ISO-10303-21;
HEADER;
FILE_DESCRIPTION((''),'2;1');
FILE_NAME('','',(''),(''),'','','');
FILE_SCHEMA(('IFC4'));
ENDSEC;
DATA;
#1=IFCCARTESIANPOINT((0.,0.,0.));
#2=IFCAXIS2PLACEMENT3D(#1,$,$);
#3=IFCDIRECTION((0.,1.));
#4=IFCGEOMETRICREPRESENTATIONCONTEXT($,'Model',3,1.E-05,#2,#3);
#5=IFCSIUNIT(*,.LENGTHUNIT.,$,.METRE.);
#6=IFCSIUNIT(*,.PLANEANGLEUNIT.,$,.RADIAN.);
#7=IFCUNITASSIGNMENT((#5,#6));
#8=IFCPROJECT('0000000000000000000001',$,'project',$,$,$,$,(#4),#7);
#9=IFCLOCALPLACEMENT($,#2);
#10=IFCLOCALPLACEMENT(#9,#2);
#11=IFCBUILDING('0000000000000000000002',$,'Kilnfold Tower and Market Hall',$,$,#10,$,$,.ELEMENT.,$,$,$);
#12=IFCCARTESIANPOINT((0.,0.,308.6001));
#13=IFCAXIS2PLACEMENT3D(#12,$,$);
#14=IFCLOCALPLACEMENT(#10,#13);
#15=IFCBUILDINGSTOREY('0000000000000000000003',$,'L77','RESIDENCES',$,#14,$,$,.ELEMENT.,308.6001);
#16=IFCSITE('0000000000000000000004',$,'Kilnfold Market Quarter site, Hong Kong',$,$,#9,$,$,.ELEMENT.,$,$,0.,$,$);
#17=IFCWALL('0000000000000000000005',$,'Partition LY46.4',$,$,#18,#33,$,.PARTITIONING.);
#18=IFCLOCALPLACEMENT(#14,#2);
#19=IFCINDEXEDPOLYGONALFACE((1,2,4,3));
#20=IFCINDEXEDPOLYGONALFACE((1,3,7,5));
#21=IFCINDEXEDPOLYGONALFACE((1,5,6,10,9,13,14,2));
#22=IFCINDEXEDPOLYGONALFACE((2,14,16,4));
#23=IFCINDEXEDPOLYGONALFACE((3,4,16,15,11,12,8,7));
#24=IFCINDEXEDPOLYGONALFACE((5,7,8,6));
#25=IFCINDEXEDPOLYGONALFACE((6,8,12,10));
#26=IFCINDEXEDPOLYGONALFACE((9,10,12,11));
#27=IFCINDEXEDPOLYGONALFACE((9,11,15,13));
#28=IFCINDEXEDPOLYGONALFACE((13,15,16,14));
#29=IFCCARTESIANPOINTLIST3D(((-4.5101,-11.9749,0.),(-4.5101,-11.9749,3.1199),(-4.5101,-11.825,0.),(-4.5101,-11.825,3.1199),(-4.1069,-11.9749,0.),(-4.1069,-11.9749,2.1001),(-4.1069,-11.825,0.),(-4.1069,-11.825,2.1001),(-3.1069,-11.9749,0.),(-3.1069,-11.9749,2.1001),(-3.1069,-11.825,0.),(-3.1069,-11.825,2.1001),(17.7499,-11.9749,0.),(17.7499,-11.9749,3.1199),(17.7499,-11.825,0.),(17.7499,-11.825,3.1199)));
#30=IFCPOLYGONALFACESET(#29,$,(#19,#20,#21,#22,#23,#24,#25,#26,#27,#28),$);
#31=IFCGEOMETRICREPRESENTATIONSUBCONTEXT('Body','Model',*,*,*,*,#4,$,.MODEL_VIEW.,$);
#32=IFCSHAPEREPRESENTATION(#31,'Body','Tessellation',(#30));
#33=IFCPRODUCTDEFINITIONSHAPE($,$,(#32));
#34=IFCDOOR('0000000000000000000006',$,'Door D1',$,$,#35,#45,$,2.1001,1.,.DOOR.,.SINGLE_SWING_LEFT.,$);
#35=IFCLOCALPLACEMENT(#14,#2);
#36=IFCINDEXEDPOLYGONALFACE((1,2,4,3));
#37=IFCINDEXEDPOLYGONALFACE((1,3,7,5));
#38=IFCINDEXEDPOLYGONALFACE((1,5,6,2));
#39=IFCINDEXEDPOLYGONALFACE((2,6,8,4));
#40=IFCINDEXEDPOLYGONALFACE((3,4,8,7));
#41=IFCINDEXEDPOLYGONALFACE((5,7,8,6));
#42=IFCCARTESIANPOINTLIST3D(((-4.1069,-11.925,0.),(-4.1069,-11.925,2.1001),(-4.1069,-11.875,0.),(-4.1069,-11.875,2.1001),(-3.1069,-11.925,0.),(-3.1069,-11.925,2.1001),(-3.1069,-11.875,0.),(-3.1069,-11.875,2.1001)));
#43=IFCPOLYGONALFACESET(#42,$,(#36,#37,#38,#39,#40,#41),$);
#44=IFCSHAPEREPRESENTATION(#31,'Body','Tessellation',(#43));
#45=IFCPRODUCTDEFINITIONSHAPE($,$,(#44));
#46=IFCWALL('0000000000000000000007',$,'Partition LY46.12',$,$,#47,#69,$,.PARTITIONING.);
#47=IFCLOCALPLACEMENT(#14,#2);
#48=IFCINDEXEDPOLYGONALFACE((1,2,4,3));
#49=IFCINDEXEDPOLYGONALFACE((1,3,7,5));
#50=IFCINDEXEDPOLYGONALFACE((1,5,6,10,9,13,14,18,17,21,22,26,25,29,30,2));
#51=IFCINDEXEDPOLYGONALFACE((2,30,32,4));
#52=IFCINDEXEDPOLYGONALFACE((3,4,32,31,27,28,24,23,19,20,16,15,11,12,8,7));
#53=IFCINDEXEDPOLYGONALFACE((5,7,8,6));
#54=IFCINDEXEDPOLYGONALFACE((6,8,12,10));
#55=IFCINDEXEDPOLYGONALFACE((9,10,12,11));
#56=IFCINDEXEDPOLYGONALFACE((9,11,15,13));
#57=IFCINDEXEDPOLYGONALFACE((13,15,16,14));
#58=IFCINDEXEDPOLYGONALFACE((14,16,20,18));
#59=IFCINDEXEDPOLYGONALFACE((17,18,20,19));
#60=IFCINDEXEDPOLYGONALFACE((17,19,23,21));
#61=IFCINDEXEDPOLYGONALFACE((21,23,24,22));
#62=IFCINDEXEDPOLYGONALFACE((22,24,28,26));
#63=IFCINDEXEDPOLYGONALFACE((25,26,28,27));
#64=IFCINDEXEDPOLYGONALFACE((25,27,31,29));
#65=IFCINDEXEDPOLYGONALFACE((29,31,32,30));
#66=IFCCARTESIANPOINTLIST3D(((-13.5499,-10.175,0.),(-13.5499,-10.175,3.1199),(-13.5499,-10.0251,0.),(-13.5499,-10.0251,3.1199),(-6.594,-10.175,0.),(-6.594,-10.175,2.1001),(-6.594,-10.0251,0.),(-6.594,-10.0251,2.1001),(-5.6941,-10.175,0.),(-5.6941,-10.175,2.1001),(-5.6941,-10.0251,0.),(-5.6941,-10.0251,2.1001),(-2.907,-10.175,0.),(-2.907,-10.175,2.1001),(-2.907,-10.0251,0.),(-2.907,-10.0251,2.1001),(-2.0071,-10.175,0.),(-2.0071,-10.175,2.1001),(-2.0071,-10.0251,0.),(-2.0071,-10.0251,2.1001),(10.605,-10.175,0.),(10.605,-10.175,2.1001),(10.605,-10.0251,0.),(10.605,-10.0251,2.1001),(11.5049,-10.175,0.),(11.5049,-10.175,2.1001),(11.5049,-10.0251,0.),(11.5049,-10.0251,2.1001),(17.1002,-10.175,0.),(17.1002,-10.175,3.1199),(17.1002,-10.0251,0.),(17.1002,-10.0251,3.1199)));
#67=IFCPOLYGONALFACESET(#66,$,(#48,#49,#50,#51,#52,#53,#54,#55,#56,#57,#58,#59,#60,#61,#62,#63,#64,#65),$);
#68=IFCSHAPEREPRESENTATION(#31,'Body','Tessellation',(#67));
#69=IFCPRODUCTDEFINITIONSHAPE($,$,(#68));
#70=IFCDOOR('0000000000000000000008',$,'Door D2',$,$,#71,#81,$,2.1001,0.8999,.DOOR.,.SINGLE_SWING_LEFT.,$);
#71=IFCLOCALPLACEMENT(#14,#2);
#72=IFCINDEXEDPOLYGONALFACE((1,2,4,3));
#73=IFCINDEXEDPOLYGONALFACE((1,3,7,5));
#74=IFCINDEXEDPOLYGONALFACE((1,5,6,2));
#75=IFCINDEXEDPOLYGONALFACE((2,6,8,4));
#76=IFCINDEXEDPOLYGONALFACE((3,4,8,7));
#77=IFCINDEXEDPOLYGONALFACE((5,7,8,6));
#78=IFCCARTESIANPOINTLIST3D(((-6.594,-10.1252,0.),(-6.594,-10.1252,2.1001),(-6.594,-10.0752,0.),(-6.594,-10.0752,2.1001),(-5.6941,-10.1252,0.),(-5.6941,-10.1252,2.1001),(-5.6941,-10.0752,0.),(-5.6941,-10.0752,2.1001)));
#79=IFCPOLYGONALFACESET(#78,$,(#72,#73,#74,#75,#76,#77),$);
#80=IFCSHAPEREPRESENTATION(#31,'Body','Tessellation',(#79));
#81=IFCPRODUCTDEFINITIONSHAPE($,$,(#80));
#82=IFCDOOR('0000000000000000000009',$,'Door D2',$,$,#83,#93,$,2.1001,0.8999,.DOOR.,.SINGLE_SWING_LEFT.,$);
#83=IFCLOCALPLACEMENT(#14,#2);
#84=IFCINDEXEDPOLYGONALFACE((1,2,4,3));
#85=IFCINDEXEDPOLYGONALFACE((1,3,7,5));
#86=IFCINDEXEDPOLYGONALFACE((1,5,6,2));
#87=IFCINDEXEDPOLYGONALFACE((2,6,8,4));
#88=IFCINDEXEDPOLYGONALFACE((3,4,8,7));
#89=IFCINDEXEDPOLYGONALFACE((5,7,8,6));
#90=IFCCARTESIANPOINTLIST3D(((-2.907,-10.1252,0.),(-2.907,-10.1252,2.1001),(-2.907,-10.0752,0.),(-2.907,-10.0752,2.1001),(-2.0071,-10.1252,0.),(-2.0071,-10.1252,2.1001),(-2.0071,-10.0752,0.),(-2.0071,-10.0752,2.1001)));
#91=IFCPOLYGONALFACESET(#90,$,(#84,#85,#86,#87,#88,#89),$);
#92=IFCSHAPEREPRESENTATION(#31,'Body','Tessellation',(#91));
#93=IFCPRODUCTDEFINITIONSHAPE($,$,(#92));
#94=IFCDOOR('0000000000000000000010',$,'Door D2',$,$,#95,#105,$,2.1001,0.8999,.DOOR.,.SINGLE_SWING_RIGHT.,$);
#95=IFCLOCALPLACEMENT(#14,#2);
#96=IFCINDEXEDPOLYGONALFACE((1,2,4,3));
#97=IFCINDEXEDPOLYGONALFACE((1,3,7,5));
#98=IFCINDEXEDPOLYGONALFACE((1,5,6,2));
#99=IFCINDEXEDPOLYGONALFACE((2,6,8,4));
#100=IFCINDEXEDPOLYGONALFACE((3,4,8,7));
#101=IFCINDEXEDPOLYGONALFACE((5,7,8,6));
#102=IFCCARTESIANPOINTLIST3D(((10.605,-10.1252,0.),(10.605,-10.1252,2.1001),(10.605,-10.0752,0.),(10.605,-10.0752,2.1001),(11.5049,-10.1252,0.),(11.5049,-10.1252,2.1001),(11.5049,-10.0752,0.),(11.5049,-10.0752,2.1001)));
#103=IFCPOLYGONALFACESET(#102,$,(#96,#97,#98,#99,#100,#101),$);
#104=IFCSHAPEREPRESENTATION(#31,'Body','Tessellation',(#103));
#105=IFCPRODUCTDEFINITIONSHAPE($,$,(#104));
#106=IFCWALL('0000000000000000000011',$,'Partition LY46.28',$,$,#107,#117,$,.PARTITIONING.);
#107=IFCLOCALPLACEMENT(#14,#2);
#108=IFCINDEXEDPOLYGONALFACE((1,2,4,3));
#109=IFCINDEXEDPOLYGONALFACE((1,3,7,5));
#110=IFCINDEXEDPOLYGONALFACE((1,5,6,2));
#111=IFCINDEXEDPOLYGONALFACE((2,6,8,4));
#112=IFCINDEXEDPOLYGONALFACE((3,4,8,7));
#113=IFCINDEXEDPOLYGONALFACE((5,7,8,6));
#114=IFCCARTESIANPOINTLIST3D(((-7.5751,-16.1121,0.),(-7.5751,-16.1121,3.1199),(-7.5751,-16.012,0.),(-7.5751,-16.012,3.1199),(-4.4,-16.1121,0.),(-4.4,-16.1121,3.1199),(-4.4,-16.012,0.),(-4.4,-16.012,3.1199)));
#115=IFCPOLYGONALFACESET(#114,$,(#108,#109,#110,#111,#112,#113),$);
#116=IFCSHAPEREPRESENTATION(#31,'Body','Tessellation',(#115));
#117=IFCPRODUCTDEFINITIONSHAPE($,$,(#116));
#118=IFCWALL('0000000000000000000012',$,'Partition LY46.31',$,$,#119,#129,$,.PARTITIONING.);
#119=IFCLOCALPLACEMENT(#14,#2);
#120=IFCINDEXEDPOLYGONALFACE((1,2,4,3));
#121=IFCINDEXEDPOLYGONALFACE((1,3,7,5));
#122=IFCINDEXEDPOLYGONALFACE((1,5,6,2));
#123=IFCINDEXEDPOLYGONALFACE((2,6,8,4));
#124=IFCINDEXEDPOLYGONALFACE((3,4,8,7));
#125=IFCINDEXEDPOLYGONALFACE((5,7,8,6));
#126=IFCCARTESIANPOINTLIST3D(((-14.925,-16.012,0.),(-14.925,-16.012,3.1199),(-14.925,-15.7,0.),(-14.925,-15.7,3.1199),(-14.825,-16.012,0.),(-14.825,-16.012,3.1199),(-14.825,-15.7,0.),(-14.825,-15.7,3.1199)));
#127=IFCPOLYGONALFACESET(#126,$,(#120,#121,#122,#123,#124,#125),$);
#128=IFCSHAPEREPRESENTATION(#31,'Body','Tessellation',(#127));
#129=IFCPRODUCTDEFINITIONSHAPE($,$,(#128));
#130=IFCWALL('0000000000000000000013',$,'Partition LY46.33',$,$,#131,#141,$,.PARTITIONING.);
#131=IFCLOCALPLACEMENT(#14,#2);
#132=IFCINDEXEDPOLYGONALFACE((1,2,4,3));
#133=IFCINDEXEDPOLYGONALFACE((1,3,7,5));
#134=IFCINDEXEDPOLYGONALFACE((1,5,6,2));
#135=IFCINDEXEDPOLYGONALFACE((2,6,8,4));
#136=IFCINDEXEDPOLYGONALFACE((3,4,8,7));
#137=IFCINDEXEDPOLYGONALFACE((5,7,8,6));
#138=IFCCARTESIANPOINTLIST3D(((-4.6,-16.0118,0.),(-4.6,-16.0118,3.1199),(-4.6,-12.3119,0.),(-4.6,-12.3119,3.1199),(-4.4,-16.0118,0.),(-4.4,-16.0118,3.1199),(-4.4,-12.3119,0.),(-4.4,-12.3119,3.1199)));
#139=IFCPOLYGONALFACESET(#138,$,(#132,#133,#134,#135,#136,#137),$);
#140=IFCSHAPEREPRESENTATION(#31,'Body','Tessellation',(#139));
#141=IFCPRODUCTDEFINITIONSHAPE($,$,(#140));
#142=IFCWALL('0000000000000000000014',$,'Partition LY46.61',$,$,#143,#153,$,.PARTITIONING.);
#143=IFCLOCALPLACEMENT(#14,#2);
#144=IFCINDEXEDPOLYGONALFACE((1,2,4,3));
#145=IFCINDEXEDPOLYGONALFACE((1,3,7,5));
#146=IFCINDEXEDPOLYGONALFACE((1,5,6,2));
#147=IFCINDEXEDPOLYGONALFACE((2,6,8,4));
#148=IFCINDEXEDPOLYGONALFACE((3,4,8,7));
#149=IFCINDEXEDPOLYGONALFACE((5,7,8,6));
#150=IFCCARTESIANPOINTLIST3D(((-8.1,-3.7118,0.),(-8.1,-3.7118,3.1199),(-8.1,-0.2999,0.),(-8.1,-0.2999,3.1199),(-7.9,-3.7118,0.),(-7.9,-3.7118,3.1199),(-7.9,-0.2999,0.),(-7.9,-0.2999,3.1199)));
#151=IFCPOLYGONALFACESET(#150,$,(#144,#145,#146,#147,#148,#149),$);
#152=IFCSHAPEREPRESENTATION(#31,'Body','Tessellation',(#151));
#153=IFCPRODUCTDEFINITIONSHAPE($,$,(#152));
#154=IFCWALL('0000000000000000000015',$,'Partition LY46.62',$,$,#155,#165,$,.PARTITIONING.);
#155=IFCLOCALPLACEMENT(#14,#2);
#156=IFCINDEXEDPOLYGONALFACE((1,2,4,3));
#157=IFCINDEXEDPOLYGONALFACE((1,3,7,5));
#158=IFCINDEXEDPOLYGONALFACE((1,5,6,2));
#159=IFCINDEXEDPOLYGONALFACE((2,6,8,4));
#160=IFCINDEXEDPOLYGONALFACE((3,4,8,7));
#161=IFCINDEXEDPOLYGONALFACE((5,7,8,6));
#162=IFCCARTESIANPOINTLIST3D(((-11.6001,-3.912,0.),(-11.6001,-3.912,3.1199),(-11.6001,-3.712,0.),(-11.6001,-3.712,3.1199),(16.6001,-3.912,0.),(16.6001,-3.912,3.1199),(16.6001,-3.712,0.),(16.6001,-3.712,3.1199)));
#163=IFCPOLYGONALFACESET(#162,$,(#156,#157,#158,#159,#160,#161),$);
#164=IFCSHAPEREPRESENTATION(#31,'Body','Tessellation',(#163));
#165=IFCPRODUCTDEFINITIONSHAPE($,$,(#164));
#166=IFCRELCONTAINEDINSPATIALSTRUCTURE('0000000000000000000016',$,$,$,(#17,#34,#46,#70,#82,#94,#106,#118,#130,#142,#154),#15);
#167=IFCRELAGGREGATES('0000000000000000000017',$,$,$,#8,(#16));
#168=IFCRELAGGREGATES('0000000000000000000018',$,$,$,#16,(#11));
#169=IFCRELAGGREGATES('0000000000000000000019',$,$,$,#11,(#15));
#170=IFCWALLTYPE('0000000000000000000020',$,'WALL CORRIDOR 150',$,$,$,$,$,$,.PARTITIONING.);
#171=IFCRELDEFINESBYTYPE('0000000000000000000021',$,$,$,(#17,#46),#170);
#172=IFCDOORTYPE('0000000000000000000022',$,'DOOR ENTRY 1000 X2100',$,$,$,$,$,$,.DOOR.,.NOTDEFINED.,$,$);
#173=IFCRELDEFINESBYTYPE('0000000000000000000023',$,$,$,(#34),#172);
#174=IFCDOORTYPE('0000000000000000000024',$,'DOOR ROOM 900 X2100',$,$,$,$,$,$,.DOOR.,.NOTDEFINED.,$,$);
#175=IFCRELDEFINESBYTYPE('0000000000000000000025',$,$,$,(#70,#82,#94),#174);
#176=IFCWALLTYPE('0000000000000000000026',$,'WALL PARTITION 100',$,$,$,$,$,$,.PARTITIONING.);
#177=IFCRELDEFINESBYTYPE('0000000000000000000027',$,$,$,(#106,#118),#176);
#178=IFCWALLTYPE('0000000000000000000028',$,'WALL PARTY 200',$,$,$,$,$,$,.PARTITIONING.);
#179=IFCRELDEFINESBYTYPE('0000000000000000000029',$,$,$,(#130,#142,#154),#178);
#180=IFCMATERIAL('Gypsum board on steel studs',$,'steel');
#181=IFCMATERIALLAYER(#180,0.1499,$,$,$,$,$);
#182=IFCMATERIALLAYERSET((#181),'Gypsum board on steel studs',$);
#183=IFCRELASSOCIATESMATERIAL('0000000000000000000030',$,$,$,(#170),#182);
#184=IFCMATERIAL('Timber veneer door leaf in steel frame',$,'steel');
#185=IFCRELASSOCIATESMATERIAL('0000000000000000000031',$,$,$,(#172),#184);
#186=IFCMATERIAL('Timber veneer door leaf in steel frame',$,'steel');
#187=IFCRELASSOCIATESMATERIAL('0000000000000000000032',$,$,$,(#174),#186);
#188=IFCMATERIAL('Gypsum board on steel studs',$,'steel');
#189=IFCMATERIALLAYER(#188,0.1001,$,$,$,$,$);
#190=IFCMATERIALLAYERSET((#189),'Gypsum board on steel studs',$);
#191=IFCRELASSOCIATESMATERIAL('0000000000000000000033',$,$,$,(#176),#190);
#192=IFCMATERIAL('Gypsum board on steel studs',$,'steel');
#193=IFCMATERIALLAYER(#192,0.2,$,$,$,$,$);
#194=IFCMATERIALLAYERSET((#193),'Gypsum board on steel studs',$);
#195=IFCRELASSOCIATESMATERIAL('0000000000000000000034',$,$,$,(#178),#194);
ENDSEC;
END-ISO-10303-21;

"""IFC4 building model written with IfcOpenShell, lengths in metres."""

from ifc_helpers import new_model, si_unit, direction, frame, frame_2d, origin, place, context, subcontext, project, spatial, rectangle, extrude, material, layer, layer_set, type_object, element, fill, save


model = new_model("IFC4")

# Units and contexts
model_context = context("Model", 3, precision=1e-05, world=origin(), true_north=direction((0.0, 1.0)))
body_context = subcontext(model_context, "Body", "Model", "MODEL_VIEW")
ifc_project = project(units=[si_unit("LENGTHUNIT", "METRE"), si_unit("PLANEANGLEUNIT", "RADIAN")], contexts=[model_context])

# Site, building, storey
site_placement = place(None, origin())
site = spatial("IfcSite", under=ifc_project, at=site_placement, Name="Kilnfold Market Quarter site, Hong Kong", CompositionType="ELEMENT", RefElevation=0.0)
building_placement = place(site_placement, origin())
building = spatial("IfcBuilding", under=site, at=building_placement, Name="Kilnfold Tower and Market Hall", CompositionType="ELEMENT")
storey_placement = place(building_placement, frame((0.0, 0.0, 308.6001)))
storey = spatial("IfcBuildingStorey", under=building, at=storey_placement, Name="L77", Description="RESIDENCES", CompositionType="ELEMENT", Elevation=308.6001)

# Wall, opening, door
ifc_material_1 = material(Name="Gypsum board on steel studs", Category="steel")
ifc_layer_1 = layer(ifc_material_1, 0.1499)
ifc_layer_set_1 = layer_set([ifc_layer_1], Name="Gypsum board on steel studs")
wall_type_1 = type_object("IfcWallType", Name="WALL CORRIDOR 150", PredefinedType="PARTITIONING", material=ifc_layer_set_1)
wall_1_placement = place(storey_placement, frame((-4.51, -11.8999, 0.0), z_axis=(0.0, 0.0, 1.0), x_axis=(1.0, 0.0, 0.0)))
wall_1 = element("IfcWall", 1, at=wall_1_placement, inside=storey, type_object=wall_type_1, Name="Partition LY46.4", PredefinedType="PARTITIONING", context=body_context, shape_type="SweptSolid", body=[
    extrude(rectangle(XDim=22.26, YDim=0.1499, at=frame_2d((11.1299, 0.0))), origin(), (0.0, 0.0, 1.0), 3.1199),
])
opening_1_placement = place(wall_1_placement, frame((0.4031, 0.0, 0.0)))
opening_1 = element("IfcOpeningElement", 2, at=opening_1_placement, cuts=wall_1, PredefinedType="OPENING", context=body_context, shape_type="SweptSolid", body=[
    extrude(rectangle(XDim=1.0, YDim=2.1001, at=frame_2d((0.5, 1.05))), frame((0.0, 0.085, 0.0), z_axis=(0.0, -1.0, 0.0), x_axis=(1.0, 0.0, 0.0)), (0.0, 0.0, 1.0), 0.1699),
])
ifc_material_2 = material(Name="Timber veneer door leaf in steel frame", Category="steel")
door_type_1 = type_object("IfcDoorType", Name="DOOR ENTRY 1000 X2100", OperationType="NOTDEFINED", PredefinedType="DOOR", material=ifc_material_2)
door_1_placement = place(opening_1_placement, origin())
door_1 = element("IfcDoor", 3, at=door_1_placement, inside=storey, type_object=door_type_1, Name="Door D1", OperationType="SINGLE_SWING_LEFT", OverallHeight=2.1001, OverallWidth=1.0, PredefinedType="DOOR", context=body_context, shape_type="SweptSolid", body=[
    extrude(rectangle(XDim=1.0, YDim=2.1001, at=frame_2d((0.5, 1.05))), frame((0.0, 0.0249, 0.0), z_axis=(0.0, -1.0, 0.0), x_axis=(1.0, 0.0, 0.0)), (0.0, 0.0, 1.0), 0.05),
])
fill(opening_1, door_1)

# Wall, openings, doors
wall_2_placement = place(storey_placement, frame((-13.55, -10.1001, 0.0), z_axis=(0.0, 0.0, 1.0), x_axis=(1.0, 0.0, 0.0)))
wall_2 = element("IfcWall", 4, at=wall_2_placement, inside=storey, type_object=wall_type_1, Name="Partition LY46.12", PredefinedType="PARTITIONING", context=body_context, shape_type="SweptSolid", body=[
    extrude(rectangle(XDim=30.6501, YDim=0.1499, at=frame_2d((15.3252, 0.0))), origin(), (0.0, 0.0, 1.0), 3.1199),
])
opening_2_placement = place(wall_2_placement, frame((6.9561, 0.0, 0.0)))
opening_2 = element("IfcOpeningElement", 5, at=opening_2_placement, cuts=wall_2, PredefinedType="OPENING", context=body_context, shape_type="SweptSolid", body=[
    extrude(rectangle(XDim=0.8999, YDim=2.1001, at=frame_2d((0.45, 1.05))), frame((0.0, 0.085, 0.0), z_axis=(0.0, -1.0, 0.0), x_axis=(1.0, 0.0, 0.0)), (0.0, 0.0, 1.0), 0.1699),
])
opening_3_placement = place(wall_2_placement, frame((10.6431, 0.0, 0.0)))
opening_3 = element("IfcOpeningElement", 6, at=opening_3_placement, cuts=wall_2, PredefinedType="OPENING", context=body_context, shape_type="SweptSolid", body=[
    extrude(rectangle(XDim=0.8999, YDim=2.1001, at=frame_2d((0.45, 1.05))), frame((0.0, 0.085, 0.0), z_axis=(0.0, -1.0, 0.0), x_axis=(1.0, 0.0, 0.0)), (0.0, 0.0, 1.0), 0.1699),
])
opening_4_placement = place(wall_2_placement, frame((24.155, 0.0, 0.0)))
opening_4 = element("IfcOpeningElement", 7, at=opening_4_placement, cuts=wall_2, PredefinedType="OPENING", context=body_context, shape_type="SweptSolid", body=[
    extrude(rectangle(XDim=0.8999, YDim=2.1001, at=frame_2d((0.45, 1.05))), frame((0.0, 0.085, 0.0), z_axis=(0.0, -1.0, 0.0), x_axis=(1.0, 0.0, 0.0)), (0.0, 0.0, 1.0), 0.1699),
])
ifc_material_3 = material(Name="Timber veneer door leaf in steel frame", Category="steel")
door_type_2 = type_object("IfcDoorType", Name="DOOR ROOM 900 X2100", OperationType="NOTDEFINED", PredefinedType="DOOR", material=ifc_material_3)
door_2_placement = place(opening_2_placement, origin())
door_2 = element("IfcDoor", 8, at=door_2_placement, inside=storey, type_object=door_type_2, Name="Door D2", OperationType="SINGLE_SWING_LEFT", OverallHeight=2.1001, OverallWidth=0.8999, PredefinedType="DOOR", context=body_context, shape_type="SweptSolid", body=[
    extrude(rectangle(XDim=0.8999, YDim=2.1001, at=frame_2d((0.45, 1.05))), frame((0.0, 0.0249, 0.0), z_axis=(0.0, -1.0, 0.0), x_axis=(1.0, 0.0, 0.0)), (0.0, 0.0, 1.0), 0.05),
])
fill(opening_2, door_2)
door_3_placement = place(opening_3_placement, origin())
door_3 = element("IfcDoor", 9, at=door_3_placement, inside=storey, type_object=door_type_2, Name="Door D2", OperationType="SINGLE_SWING_LEFT", OverallHeight=2.1001, OverallWidth=0.8999, PredefinedType="DOOR", context=body_context, shape_type="SweptSolid", body=[
    extrude(rectangle(XDim=0.8999, YDim=2.1001, at=frame_2d((0.45, 1.05))), frame((0.0, 0.0249, 0.0), z_axis=(0.0, -1.0, 0.0), x_axis=(1.0, 0.0, 0.0)), (0.0, 0.0, 1.0), 0.05),
])
fill(opening_3, door_3)
door_4_placement = place(opening_4_placement, origin())
door_4 = element("IfcDoor", 10, at=door_4_placement, inside=storey, type_object=door_type_2, Name="Door D2", OperationType="SINGLE_SWING_RIGHT", OverallHeight=2.1001, OverallWidth=0.8999, PredefinedType="DOOR", context=body_context, shape_type="SweptSolid", body=[
    extrude(rectangle(XDim=0.8999, YDim=2.1001, at=frame_2d((0.45, 1.05))), frame((0.0, 0.0249, 0.0), z_axis=(0.0, -1.0, 0.0), x_axis=(1.0, 0.0, 0.0)), (0.0, 0.0, 1.0), 0.05),
])
fill(opening_4, door_4)

# Walls
ifc_material_4 = material(Name="Gypsum board on steel studs", Category="steel")
ifc_layer_2 = layer(ifc_material_4, 0.1001)
ifc_layer_set_2 = layer_set([ifc_layer_2], Name="Gypsum board on steel studs")
wall_type_2 = type_object("IfcWallType", Name="WALL PARTITION 100", PredefinedType="PARTITIONING", material=ifc_layer_set_2)
wall_3_placement = place(storey_placement, frame((-7.575, -16.062, 0.0), z_axis=(0.0, 0.0, 1.0), x_axis=(1.0, 0.0, 0.0)))
element("IfcWall", 11, at=wall_3_placement, inside=storey, type_object=wall_type_2, Name="Partition LY46.28", PredefinedType="PARTITIONING", context=body_context, shape_type="SweptSolid", body=[
    extrude(rectangle(XDim=3.175, YDim=0.1001, at=frame_2d((1.5874, 0.0))), origin(), (0.0, 0.0, 1.0), 3.1199),
])
wall_4_placement = place(storey_placement, frame((-14.875, -16.012, 0.0), z_axis=(0.0, 0.0, 1.0), x_axis=(0.0, 1.0, 0.0)))
element("IfcWall", 12, at=wall_4_placement, inside=storey, type_object=wall_type_2, Name="Partition LY46.31", PredefinedType="PARTITIONING", context=body_context, shape_type="SweptSolid", body=[
    extrude(rectangle(XDim=0.312, YDim=0.1001, at=frame_2d((0.156, 0.0))), origin(), (0.0, 0.0, 1.0), 3.1199),
])
ifc_material_5 = material(Name="Gypsum board on steel studs", Category="steel")
ifc_layer_3 = layer(ifc_material_5, 0.2)
ifc_layer_set_3 = layer_set([ifc_layer_3], Name="Gypsum board on steel studs")
wall_type_3 = type_object("IfcWallType", Name="WALL PARTY 200", PredefinedType="PARTITIONING", material=ifc_layer_set_3)
wall_5_placement = place(storey_placement, frame((-4.5, -16.012, 0.0), z_axis=(0.0, 0.0, 1.0), x_axis=(0.0, 1.0, 0.0)))
element("IfcWall", 13, at=wall_5_placement, inside=storey, type_object=wall_type_3, Name="Partition LY46.33", PredefinedType="PARTITIONING", context=body_context, shape_type="SweptSolid", body=[
    extrude(rectangle(XDim=3.7, YDim=0.2, at=frame_2d((1.8501, 0.0))), origin(), (0.0, 0.0, 1.0), 3.1199),
])
wall_6_placement = place(storey_placement, frame((-8.0, -3.7119, 0.0), z_axis=(0.0, 0.0, 1.0), x_axis=(0.0, 1.0, 0.0)))
element("IfcWall", 14, at=wall_6_placement, inside=storey, type_object=wall_type_3, Name="Partition LY46.61", PredefinedType="PARTITIONING", context=body_context, shape_type="SweptSolid", body=[
    extrude(rectangle(XDim=3.4119, YDim=0.2, at=frame_2d((1.7061, 0.0))), origin(), (0.0, 0.0, 1.0), 3.1199),
])
wall_7_placement = place(storey_placement, frame((-11.6001, -3.812, 0.0), z_axis=(0.0, 0.0, 1.0), x_axis=(1.0, 0.0, 0.0)))
element("IfcWall", 15, at=wall_7_placement, inside=storey, type_object=wall_type_3, Name="Partition LY46.62", PredefinedType="PARTITIONING", context=body_context, shape_type="SweptSolid", body=[
    extrude(rectangle(XDim=28.2002, YDim=0.2, at=frame_2d((14.1001, 0.0))), origin(), (0.0, 0.0, 1.0), 3.1199),
])

save(model, "model.ifc")
